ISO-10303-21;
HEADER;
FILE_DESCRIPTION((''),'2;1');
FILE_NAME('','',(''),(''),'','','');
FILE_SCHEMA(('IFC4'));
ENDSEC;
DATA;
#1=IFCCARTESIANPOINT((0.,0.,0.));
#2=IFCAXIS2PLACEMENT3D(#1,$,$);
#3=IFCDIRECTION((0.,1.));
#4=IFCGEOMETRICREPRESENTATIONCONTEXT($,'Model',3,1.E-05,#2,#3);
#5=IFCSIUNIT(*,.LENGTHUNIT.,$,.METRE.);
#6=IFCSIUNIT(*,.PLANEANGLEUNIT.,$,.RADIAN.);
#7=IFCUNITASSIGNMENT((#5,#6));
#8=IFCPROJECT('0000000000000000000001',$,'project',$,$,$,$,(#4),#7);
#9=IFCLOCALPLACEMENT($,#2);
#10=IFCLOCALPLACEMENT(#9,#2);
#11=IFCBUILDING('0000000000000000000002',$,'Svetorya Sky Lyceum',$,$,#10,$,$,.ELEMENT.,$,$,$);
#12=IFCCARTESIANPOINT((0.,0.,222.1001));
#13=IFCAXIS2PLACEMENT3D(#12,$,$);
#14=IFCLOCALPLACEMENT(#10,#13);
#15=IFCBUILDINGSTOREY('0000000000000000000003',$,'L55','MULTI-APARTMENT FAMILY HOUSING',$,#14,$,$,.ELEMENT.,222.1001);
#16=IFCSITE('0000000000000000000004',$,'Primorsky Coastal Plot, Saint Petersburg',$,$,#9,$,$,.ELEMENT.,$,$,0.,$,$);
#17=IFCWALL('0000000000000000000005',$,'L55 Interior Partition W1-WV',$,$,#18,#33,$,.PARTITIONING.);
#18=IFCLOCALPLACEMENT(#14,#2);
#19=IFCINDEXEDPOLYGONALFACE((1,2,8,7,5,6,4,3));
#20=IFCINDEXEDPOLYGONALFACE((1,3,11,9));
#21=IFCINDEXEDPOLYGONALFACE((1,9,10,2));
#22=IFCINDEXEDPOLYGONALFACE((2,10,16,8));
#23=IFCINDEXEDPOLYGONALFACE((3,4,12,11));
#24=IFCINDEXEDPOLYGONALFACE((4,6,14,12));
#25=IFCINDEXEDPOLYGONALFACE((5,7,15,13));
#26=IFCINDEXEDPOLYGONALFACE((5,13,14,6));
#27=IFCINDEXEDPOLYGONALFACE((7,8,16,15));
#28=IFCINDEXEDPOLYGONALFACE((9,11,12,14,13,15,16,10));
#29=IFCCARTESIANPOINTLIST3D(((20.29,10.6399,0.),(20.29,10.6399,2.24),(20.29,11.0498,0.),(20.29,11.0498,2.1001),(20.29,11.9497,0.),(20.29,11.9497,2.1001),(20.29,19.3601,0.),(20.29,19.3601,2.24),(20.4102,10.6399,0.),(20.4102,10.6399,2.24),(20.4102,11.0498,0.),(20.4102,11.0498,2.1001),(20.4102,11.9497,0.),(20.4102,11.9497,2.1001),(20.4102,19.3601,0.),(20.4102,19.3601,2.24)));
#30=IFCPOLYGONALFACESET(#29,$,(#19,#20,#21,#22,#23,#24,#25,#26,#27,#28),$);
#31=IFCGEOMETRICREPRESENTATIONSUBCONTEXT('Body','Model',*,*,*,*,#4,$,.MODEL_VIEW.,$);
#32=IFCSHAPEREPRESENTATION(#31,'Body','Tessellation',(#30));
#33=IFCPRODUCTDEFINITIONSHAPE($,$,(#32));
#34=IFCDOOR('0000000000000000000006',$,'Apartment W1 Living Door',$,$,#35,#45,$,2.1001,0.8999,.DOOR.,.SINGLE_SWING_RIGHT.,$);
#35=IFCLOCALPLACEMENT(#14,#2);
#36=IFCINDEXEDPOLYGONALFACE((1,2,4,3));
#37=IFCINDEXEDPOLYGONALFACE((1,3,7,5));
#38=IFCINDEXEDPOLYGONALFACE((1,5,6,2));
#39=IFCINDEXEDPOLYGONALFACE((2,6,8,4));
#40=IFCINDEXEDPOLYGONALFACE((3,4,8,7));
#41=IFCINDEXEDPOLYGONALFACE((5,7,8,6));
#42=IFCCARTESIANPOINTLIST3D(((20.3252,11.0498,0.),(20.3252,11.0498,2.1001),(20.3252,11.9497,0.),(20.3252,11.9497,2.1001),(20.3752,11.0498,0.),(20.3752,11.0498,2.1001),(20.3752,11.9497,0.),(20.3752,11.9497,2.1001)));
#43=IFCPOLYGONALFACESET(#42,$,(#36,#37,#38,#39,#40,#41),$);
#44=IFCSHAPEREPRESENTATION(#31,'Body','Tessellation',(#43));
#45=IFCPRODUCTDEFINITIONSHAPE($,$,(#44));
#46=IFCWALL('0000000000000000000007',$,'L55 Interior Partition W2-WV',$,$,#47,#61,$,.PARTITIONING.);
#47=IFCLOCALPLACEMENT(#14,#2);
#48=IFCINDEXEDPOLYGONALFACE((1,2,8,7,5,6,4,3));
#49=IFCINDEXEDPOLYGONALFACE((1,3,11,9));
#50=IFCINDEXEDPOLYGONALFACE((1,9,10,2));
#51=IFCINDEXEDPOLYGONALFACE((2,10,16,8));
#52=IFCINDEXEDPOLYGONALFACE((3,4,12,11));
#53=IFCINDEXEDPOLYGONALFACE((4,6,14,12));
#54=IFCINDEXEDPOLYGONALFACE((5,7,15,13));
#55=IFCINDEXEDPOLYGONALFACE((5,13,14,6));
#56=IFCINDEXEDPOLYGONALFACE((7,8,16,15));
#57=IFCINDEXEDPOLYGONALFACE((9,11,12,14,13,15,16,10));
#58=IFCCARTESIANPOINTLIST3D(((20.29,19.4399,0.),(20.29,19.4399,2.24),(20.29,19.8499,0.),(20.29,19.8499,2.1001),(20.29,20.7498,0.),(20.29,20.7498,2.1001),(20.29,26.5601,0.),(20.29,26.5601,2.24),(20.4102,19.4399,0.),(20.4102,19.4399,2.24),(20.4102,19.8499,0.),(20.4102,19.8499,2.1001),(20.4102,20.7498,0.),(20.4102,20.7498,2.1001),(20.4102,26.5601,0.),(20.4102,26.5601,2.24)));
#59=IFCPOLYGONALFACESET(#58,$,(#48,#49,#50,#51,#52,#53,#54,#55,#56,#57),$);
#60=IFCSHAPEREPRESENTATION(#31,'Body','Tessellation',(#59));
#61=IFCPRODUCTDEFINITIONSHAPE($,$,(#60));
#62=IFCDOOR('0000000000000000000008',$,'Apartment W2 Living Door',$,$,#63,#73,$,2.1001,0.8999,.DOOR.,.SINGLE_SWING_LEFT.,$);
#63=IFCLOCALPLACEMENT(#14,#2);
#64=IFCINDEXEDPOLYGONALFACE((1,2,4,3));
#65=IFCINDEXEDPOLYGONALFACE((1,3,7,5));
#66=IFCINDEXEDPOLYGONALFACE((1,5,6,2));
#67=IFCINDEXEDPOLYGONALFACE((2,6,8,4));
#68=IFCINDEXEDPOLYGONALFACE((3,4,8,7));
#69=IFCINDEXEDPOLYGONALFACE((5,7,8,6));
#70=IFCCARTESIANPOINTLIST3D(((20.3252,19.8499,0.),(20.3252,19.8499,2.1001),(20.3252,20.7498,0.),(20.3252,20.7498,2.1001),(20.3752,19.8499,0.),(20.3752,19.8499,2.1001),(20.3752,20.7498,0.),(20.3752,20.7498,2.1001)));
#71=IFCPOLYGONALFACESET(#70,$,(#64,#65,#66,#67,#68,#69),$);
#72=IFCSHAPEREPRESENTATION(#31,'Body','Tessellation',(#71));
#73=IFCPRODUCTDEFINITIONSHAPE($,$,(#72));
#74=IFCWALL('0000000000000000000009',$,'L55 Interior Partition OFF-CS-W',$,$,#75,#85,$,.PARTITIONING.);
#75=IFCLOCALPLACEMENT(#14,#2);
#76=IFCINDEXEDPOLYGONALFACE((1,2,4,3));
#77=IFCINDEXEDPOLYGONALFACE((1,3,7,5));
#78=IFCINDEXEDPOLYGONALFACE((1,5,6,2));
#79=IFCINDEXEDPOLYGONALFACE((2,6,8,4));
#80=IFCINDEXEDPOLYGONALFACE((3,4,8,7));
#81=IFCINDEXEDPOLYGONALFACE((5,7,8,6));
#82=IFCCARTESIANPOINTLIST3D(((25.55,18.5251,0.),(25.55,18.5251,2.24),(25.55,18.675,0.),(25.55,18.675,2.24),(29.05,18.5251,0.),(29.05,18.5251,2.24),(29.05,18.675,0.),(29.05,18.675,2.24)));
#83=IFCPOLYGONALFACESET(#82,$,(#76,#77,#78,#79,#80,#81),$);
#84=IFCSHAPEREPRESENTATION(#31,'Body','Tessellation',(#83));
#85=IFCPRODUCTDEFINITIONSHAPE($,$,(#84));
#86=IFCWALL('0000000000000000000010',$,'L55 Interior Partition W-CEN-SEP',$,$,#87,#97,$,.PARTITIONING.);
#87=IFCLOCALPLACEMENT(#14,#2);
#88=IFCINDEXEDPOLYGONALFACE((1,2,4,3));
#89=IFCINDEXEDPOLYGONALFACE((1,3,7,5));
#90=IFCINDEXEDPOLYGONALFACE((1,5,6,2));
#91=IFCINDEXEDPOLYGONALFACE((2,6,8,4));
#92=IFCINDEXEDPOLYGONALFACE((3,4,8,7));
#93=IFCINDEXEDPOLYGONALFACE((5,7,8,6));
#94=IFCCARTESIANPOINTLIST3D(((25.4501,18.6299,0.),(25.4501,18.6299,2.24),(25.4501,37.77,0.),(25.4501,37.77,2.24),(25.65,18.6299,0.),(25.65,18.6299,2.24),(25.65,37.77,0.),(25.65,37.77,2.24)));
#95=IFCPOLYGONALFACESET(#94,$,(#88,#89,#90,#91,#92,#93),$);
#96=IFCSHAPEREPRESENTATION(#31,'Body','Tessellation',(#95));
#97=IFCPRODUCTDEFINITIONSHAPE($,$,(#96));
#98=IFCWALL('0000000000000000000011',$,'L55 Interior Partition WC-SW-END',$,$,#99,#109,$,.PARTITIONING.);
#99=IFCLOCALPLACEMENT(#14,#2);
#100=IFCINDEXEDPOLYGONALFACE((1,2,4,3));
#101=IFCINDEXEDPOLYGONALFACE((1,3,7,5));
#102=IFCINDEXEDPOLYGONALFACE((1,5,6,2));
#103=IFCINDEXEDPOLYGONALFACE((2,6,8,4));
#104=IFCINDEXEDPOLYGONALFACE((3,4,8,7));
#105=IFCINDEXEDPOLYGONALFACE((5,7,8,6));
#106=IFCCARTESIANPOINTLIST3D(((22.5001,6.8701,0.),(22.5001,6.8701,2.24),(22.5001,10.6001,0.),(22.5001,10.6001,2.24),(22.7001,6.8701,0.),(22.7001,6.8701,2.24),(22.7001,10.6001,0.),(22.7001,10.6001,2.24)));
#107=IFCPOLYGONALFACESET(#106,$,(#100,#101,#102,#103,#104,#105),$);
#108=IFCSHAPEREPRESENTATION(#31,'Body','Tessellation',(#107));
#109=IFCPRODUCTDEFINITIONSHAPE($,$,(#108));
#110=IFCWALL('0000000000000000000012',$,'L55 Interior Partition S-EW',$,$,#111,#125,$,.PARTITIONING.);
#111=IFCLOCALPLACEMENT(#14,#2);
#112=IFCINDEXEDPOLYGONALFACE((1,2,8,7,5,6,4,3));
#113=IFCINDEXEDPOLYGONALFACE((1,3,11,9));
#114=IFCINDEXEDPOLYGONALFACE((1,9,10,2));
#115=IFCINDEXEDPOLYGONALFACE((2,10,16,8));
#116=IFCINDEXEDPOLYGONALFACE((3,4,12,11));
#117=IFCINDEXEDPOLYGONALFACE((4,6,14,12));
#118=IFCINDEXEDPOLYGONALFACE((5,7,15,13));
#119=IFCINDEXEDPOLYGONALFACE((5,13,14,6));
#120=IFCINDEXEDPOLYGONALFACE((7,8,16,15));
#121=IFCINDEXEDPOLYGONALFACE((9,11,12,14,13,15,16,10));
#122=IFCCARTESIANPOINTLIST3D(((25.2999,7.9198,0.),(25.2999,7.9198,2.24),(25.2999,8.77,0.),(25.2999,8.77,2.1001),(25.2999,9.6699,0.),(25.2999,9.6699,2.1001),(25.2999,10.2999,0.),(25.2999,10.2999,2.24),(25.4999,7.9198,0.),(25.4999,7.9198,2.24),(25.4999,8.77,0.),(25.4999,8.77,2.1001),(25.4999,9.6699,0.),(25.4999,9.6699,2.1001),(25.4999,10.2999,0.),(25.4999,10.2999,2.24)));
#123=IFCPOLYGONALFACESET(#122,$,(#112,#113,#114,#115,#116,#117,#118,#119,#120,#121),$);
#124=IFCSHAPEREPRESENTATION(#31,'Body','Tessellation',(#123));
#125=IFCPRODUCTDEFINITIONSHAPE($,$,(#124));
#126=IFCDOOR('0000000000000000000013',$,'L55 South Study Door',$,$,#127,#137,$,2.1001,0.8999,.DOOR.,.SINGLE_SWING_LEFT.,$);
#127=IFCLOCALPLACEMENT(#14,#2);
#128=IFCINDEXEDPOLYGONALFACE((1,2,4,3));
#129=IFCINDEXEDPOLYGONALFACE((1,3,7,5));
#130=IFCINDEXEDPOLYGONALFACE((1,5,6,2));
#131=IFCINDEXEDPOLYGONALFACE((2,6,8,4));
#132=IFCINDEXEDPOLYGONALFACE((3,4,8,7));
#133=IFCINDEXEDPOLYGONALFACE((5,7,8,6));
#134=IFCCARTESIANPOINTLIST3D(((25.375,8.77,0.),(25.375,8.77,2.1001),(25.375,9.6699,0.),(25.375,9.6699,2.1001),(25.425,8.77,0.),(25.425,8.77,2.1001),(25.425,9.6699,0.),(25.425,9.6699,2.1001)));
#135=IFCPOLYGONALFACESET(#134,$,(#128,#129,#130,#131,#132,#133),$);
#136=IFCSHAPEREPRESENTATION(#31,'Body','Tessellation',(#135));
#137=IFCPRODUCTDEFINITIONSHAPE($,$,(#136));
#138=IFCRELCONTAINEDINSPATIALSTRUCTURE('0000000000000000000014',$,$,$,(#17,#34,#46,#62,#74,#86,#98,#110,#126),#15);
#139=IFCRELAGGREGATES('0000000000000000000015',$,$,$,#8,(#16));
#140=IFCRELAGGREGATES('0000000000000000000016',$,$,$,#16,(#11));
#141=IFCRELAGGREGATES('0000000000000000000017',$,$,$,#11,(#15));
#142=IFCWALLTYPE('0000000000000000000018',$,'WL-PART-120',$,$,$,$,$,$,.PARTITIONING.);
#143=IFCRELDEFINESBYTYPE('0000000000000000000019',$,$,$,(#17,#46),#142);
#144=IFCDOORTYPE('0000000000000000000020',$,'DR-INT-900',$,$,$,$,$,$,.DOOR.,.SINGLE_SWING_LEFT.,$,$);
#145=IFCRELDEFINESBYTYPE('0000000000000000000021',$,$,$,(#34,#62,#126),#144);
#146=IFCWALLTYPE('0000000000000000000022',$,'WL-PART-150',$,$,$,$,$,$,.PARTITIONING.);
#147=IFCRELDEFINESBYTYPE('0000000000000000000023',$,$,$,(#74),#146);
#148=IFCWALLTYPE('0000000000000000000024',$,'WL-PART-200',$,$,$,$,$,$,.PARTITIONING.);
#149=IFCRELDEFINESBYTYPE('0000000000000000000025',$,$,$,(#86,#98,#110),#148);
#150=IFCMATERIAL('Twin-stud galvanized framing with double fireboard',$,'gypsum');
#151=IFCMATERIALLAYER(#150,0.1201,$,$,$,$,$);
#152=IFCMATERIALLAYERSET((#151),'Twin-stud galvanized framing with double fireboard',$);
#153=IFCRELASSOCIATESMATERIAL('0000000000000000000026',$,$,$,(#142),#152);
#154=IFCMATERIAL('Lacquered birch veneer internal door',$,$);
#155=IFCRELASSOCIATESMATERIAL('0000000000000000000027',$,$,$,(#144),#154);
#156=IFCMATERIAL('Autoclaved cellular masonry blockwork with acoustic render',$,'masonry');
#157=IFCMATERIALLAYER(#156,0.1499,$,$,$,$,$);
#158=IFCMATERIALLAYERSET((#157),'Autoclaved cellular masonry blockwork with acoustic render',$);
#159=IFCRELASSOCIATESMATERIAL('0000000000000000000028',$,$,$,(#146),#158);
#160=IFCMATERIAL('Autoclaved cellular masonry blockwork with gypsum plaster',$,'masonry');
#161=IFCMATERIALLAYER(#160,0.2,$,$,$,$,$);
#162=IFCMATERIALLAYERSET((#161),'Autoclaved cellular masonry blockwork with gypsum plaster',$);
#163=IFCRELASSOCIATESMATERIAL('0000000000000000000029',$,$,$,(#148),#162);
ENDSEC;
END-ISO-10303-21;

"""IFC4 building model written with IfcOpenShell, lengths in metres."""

from ifc_helpers import new_model, si_unit, direction, frame, frame_2d, origin, place, context, subcontext, project, spatial, rectangle, extrude, material, layer, layer_set, type_object, element, fill, save


model = new_model("IFC4")

# Units and contexts
model_context = context("Model", 3, precision=1e-05, world=origin(), true_north=direction((0.0, 1.0)))
body_context = subcontext(model_context, "Body", "Model", "MODEL_VIEW")
ifc_project = project(units=[si_unit("LENGTHUNIT", "METRE"), si_unit("PLANEANGLEUNIT", "RADIAN")], contexts=[model_context])

# Site, building, storey
site_placement = place(None, origin())
site = spatial("IfcSite", under=ifc_project, at=site_placement, Name="Primorsky Coastal Plot, Saint Petersburg", CompositionType="ELEMENT", RefElevation=0.0)
building_placement = place(site_placement, origin())
building = spatial("IfcBuilding", under=site, at=building_placement, Name="Svetorya Sky Lyceum", CompositionType="ELEMENT")
storey_placement = place(building_placement, frame((0.0, 0.0, 222.1001)))
storey = spatial("IfcBuildingStorey", under=building, at=storey_placement, Name="L55", Description="MULTI-APARTMENT FAMILY HOUSING", CompositionType="ELEMENT", Elevation=222.1001)

# Walls, openings, doors
ifc_material_1 = material(Name="Twin-stud galvanized framing with double fireboard", Category="gypsum")
ifc_layer_1 = layer(ifc_material_1, 0.1201)
ifc_layer_set_1 = layer_set([ifc_layer_1], Name="Twin-stud galvanized framing with double fireboard")
wall_type_1 = type_object("IfcWallType", Name="WL-PART-120", PredefinedType="PARTITIONING", material=ifc_layer_set_1)
wall_1_placement = place(storey_placement, frame((20.3501, 10.6399, 0.0), z_axis=(0.0, 0.0, 1.0), x_axis=(0.0, 1.0, 0.0)))
wall_1 = element("IfcWall", 1, at=wall_1_placement, inside=storey, type_object=wall_type_1, Name="L55 Interior Partition W1-WV", PredefinedType="PARTITIONING", context=body_context, shape_type="SweptSolid", body=[
    extrude(rectangle(XDim=8.7202, YDim=0.1201, at=frame_2d((4.3601, 0.0))), origin(), (0.0, 0.0, 1.0), 2.24),
])
opening_1_placement = place(wall_1_placement, frame((0.4099, 0.0, 0.0)))
opening_1 = element("IfcOpeningElement", 2, at=opening_1_placement, cuts=wall_1, PredefinedType="OPENING", context=body_context, shape_type="SweptSolid", body=[
    extrude(rectangle(XDim=0.8999, YDim=2.1001, at=frame_2d((0.45, 1.05))), frame((0.0, 0.0701, 0.0), z_axis=(0.0, -1.0, 0.0), x_axis=(1.0, 0.0, 0.0)), (0.0, 0.0, 1.0), 0.1401),
])
ifc_material_2 = material(Name="Lacquered birch veneer internal door")
door_type_1 = type_object("IfcDoorType", Name="DR-INT-900", OperationType="SINGLE_SWING_LEFT", PredefinedType="DOOR", material=ifc_material_2)
door_1_placement = place(opening_1_placement, origin())
door_1 = element("IfcDoor", 3, at=door_1_placement, inside=storey, type_object=door_type_1, Name="Apartment W1 Living Door", OperationType="SINGLE_SWING_RIGHT", OverallHeight=2.1001, OverallWidth=0.8999, PredefinedType="DOOR", context=body_context, shape_type="SweptSolid", body=[
    extrude(rectangle(XDim=0.8999, YDim=2.1001, at=frame_2d((0.45, 1.05))), frame((0.0, 0.0249, 0.0), z_axis=(0.0, -1.0, 0.0), x_axis=(1.0, 0.0, 0.0)), (0.0, 0.0, 1.0), 0.05),
])
fill(opening_1, door_1)
wall_2_placement = place(storey_placement, frame((20.3501, 19.4399, 0.0), z_axis=(0.0, 0.0, 1.0), x_axis=(0.0, 1.0, 0.0)))
wall_2 = element("IfcWall", 4, at=wall_2_placement, inside=storey, type_object=wall_type_1, Name="L55 Interior Partition W2-WV", PredefinedType="PARTITIONING", context=body_context, shape_type="SweptSolid", body=[
    extrude(rectangle(XDim=7.1201, YDim=0.1201, at=frame_2d((3.5601, 0.0))), origin(), (0.0, 0.0, 1.0), 2.24),
])
opening_2_placement = place(wall_2_placement, frame((0.4099, 0.0, 0.0)))
opening_2 = element("IfcOpeningElement", 5, at=opening_2_placement, cuts=wall_2, PredefinedType="OPENING", context=body_context, shape_type="SweptSolid", body=[
    extrude(rectangle(XDim=0.8999, YDim=2.1001, at=frame_2d((0.45, 1.05))), frame((0.0, 0.0701, 0.0), z_axis=(0.0, -1.0, 0.0), x_axis=(1.0, 0.0, 0.0)), (0.0, 0.0, 1.0), 0.1401),
])
door_2_placement = place(opening_2_placement, origin())
door_2 = element("IfcDoor", 6, at=door_2_placement, inside=storey, type_object=door_type_1, Name="Apartment W2 Living Door", OperationType="SINGLE_SWING_LEFT", OverallHeight=2.1001, OverallWidth=0.8999, PredefinedType="DOOR", context=body_context, shape_type="SweptSolid", body=[
    extrude(rectangle(XDim=0.8999, YDim=2.1001, at=frame_2d((0.45, 1.05))), frame((0.0, 0.0249, 0.0), z_axis=(0.0, -1.0, 0.0), x_axis=(1.0, 0.0, 0.0)), (0.0, 0.0, 1.0), 0.05),
])
fill(opening_2, door_2)

# Walls
ifc_material_3 = material(Name="Autoclaved cellular masonry blockwork with acoustic render", Category="masonry")
ifc_layer_2 = layer(ifc_material_3, 0.1499)
ifc_layer_set_2 = layer_set([ifc_layer_2], Name="Autoclaved cellular masonry blockwork with acoustic render")
wall_type_2 = type_object("IfcWallType", Name="WL-PART-150", PredefinedType="PARTITIONING", material=ifc_layer_set_2)
wall_3_placement = place(storey_placement, frame((25.55, 18.6001, 0.0), z_axis=(0.0, 0.0, 1.0), x_axis=(1.0, 0.0, 0.0)))
element("IfcWall", 7, at=wall_3_placement, inside=storey, type_object=wall_type_2, Name="L55 Interior Partition OFF-CS-W", PredefinedType="PARTITIONING", context=body_context, shape_type="SweptSolid", body=[
    extrude(rectangle(XDim=3.5, YDim=0.1499, at=frame_2d((1.75, 0.0))), origin(), (0.0, 0.0, 1.0), 2.24),
])
ifc_material_4 = material(Name="Autoclaved cellular masonry blockwork with gypsum plaster", Category="masonry")
ifc_layer_3 = layer(ifc_material_4, 0.2)
ifc_layer_set_3 = layer_set([ifc_layer_3], Name="Autoclaved cellular masonry blockwork with gypsum plaster")
wall_type_3 = type_object("IfcWallType", Name="WL-PART-200", PredefinedType="PARTITIONING", material=ifc_layer_set_3)
wall_4_placement = place(storey_placement, frame((25.55, 18.6299, 0.0), z_axis=(0.0, 0.0, 1.0), x_axis=(0.0, 1.0, 0.0)))
element("IfcWall", 8, at=wall_4_placement, inside=storey, type_object=wall_type_3, Name="L55 Interior Partition W-CEN-SEP", PredefinedType="PARTITIONING", context=body_context, shape_type="SweptSolid", body=[
    extrude(rectangle(XDim=19.1401, YDim=0.2, at=frame_2d((9.5701, 0.0))), origin(), (0.0, 0.0, 1.0), 2.24),
])

# Wall
wall_5_placement = place(storey_placement, frame((22.6001, 6.8701, 0.0), z_axis=(0.0, 0.0, 1.0), x_axis=(0.0, 1.0, 0.0)))
element("IfcWall", 9, at=wall_5_placement, inside=storey, type_object=wall_type_3, Name="L55 Interior Partition WC-SW-END", PredefinedType="PARTITIONING", context=body_context, shape_type="SweptSolid", body=[
    extrude(rectangle(XDim=3.73, YDim=0.2, at=frame_2d((1.865, 0.0))), origin(), (0.0, 0.0, 1.0), 2.24),
])

# Wall, opening, door
wall_6_placement = place(storey_placement, frame((25.3999, 7.9199, 0.0), z_axis=(0.0, 0.0, 1.0), x_axis=(0.0, 1.0, 0.0)))
wall_6 = element("IfcWall", 10, at=wall_6_placement, inside=storey, type_object=wall_type_3, Name="L55 Interior Partition S-EW", PredefinedType="PARTITIONING", context=body_context, shape_type="SweptSolid", body=[
    extrude(rectangle(XDim=2.3801, YDim=0.2, at=frame_2d((1.1899, 0.0))), origin(), (0.0, 0.0, 1.0), 2.24),
])
opening_3_placement = place(wall_6_placement, frame((0.8501, 0.0, 0.0)))
opening_3 = element("IfcOpeningElement", 11, at=opening_3_placement, cuts=wall_6, PredefinedType="OPENING", context=body_context, shape_type="SweptSolid", body=[
    extrude(rectangle(XDim=0.8999, YDim=2.1001, at=frame_2d((0.45, 1.05))), frame((0.0, 0.1099, 0.0), z_axis=(0.0, -1.0, 0.0), x_axis=(1.0, 0.0, 0.0)), (0.0, 0.0, 1.0), 0.22),
])
door_3_placement = place(opening_3_placement, origin())
door_3 = element("IfcDoor", 12, at=door_3_placement, inside=storey, type_object=door_type_1, Name="L55 South Study Door", OperationType="SINGLE_SWING_LEFT", OverallHeight=2.1001, OverallWidth=0.8999, PredefinedType="DOOR", context=body_context, shape_type="SweptSolid", body=[
    extrude(rectangle(XDim=0.8999, YDim=2.1001, at=frame_2d((0.45, 1.05))), frame((0.0, 0.0249, 0.0), z_axis=(0.0, -1.0, 0.0), x_axis=(1.0, 0.0, 0.0)), (0.0, 0.0, 1.0), 0.05),
])
fill(opening_3, door_3)

save(model, "model.ifc")
